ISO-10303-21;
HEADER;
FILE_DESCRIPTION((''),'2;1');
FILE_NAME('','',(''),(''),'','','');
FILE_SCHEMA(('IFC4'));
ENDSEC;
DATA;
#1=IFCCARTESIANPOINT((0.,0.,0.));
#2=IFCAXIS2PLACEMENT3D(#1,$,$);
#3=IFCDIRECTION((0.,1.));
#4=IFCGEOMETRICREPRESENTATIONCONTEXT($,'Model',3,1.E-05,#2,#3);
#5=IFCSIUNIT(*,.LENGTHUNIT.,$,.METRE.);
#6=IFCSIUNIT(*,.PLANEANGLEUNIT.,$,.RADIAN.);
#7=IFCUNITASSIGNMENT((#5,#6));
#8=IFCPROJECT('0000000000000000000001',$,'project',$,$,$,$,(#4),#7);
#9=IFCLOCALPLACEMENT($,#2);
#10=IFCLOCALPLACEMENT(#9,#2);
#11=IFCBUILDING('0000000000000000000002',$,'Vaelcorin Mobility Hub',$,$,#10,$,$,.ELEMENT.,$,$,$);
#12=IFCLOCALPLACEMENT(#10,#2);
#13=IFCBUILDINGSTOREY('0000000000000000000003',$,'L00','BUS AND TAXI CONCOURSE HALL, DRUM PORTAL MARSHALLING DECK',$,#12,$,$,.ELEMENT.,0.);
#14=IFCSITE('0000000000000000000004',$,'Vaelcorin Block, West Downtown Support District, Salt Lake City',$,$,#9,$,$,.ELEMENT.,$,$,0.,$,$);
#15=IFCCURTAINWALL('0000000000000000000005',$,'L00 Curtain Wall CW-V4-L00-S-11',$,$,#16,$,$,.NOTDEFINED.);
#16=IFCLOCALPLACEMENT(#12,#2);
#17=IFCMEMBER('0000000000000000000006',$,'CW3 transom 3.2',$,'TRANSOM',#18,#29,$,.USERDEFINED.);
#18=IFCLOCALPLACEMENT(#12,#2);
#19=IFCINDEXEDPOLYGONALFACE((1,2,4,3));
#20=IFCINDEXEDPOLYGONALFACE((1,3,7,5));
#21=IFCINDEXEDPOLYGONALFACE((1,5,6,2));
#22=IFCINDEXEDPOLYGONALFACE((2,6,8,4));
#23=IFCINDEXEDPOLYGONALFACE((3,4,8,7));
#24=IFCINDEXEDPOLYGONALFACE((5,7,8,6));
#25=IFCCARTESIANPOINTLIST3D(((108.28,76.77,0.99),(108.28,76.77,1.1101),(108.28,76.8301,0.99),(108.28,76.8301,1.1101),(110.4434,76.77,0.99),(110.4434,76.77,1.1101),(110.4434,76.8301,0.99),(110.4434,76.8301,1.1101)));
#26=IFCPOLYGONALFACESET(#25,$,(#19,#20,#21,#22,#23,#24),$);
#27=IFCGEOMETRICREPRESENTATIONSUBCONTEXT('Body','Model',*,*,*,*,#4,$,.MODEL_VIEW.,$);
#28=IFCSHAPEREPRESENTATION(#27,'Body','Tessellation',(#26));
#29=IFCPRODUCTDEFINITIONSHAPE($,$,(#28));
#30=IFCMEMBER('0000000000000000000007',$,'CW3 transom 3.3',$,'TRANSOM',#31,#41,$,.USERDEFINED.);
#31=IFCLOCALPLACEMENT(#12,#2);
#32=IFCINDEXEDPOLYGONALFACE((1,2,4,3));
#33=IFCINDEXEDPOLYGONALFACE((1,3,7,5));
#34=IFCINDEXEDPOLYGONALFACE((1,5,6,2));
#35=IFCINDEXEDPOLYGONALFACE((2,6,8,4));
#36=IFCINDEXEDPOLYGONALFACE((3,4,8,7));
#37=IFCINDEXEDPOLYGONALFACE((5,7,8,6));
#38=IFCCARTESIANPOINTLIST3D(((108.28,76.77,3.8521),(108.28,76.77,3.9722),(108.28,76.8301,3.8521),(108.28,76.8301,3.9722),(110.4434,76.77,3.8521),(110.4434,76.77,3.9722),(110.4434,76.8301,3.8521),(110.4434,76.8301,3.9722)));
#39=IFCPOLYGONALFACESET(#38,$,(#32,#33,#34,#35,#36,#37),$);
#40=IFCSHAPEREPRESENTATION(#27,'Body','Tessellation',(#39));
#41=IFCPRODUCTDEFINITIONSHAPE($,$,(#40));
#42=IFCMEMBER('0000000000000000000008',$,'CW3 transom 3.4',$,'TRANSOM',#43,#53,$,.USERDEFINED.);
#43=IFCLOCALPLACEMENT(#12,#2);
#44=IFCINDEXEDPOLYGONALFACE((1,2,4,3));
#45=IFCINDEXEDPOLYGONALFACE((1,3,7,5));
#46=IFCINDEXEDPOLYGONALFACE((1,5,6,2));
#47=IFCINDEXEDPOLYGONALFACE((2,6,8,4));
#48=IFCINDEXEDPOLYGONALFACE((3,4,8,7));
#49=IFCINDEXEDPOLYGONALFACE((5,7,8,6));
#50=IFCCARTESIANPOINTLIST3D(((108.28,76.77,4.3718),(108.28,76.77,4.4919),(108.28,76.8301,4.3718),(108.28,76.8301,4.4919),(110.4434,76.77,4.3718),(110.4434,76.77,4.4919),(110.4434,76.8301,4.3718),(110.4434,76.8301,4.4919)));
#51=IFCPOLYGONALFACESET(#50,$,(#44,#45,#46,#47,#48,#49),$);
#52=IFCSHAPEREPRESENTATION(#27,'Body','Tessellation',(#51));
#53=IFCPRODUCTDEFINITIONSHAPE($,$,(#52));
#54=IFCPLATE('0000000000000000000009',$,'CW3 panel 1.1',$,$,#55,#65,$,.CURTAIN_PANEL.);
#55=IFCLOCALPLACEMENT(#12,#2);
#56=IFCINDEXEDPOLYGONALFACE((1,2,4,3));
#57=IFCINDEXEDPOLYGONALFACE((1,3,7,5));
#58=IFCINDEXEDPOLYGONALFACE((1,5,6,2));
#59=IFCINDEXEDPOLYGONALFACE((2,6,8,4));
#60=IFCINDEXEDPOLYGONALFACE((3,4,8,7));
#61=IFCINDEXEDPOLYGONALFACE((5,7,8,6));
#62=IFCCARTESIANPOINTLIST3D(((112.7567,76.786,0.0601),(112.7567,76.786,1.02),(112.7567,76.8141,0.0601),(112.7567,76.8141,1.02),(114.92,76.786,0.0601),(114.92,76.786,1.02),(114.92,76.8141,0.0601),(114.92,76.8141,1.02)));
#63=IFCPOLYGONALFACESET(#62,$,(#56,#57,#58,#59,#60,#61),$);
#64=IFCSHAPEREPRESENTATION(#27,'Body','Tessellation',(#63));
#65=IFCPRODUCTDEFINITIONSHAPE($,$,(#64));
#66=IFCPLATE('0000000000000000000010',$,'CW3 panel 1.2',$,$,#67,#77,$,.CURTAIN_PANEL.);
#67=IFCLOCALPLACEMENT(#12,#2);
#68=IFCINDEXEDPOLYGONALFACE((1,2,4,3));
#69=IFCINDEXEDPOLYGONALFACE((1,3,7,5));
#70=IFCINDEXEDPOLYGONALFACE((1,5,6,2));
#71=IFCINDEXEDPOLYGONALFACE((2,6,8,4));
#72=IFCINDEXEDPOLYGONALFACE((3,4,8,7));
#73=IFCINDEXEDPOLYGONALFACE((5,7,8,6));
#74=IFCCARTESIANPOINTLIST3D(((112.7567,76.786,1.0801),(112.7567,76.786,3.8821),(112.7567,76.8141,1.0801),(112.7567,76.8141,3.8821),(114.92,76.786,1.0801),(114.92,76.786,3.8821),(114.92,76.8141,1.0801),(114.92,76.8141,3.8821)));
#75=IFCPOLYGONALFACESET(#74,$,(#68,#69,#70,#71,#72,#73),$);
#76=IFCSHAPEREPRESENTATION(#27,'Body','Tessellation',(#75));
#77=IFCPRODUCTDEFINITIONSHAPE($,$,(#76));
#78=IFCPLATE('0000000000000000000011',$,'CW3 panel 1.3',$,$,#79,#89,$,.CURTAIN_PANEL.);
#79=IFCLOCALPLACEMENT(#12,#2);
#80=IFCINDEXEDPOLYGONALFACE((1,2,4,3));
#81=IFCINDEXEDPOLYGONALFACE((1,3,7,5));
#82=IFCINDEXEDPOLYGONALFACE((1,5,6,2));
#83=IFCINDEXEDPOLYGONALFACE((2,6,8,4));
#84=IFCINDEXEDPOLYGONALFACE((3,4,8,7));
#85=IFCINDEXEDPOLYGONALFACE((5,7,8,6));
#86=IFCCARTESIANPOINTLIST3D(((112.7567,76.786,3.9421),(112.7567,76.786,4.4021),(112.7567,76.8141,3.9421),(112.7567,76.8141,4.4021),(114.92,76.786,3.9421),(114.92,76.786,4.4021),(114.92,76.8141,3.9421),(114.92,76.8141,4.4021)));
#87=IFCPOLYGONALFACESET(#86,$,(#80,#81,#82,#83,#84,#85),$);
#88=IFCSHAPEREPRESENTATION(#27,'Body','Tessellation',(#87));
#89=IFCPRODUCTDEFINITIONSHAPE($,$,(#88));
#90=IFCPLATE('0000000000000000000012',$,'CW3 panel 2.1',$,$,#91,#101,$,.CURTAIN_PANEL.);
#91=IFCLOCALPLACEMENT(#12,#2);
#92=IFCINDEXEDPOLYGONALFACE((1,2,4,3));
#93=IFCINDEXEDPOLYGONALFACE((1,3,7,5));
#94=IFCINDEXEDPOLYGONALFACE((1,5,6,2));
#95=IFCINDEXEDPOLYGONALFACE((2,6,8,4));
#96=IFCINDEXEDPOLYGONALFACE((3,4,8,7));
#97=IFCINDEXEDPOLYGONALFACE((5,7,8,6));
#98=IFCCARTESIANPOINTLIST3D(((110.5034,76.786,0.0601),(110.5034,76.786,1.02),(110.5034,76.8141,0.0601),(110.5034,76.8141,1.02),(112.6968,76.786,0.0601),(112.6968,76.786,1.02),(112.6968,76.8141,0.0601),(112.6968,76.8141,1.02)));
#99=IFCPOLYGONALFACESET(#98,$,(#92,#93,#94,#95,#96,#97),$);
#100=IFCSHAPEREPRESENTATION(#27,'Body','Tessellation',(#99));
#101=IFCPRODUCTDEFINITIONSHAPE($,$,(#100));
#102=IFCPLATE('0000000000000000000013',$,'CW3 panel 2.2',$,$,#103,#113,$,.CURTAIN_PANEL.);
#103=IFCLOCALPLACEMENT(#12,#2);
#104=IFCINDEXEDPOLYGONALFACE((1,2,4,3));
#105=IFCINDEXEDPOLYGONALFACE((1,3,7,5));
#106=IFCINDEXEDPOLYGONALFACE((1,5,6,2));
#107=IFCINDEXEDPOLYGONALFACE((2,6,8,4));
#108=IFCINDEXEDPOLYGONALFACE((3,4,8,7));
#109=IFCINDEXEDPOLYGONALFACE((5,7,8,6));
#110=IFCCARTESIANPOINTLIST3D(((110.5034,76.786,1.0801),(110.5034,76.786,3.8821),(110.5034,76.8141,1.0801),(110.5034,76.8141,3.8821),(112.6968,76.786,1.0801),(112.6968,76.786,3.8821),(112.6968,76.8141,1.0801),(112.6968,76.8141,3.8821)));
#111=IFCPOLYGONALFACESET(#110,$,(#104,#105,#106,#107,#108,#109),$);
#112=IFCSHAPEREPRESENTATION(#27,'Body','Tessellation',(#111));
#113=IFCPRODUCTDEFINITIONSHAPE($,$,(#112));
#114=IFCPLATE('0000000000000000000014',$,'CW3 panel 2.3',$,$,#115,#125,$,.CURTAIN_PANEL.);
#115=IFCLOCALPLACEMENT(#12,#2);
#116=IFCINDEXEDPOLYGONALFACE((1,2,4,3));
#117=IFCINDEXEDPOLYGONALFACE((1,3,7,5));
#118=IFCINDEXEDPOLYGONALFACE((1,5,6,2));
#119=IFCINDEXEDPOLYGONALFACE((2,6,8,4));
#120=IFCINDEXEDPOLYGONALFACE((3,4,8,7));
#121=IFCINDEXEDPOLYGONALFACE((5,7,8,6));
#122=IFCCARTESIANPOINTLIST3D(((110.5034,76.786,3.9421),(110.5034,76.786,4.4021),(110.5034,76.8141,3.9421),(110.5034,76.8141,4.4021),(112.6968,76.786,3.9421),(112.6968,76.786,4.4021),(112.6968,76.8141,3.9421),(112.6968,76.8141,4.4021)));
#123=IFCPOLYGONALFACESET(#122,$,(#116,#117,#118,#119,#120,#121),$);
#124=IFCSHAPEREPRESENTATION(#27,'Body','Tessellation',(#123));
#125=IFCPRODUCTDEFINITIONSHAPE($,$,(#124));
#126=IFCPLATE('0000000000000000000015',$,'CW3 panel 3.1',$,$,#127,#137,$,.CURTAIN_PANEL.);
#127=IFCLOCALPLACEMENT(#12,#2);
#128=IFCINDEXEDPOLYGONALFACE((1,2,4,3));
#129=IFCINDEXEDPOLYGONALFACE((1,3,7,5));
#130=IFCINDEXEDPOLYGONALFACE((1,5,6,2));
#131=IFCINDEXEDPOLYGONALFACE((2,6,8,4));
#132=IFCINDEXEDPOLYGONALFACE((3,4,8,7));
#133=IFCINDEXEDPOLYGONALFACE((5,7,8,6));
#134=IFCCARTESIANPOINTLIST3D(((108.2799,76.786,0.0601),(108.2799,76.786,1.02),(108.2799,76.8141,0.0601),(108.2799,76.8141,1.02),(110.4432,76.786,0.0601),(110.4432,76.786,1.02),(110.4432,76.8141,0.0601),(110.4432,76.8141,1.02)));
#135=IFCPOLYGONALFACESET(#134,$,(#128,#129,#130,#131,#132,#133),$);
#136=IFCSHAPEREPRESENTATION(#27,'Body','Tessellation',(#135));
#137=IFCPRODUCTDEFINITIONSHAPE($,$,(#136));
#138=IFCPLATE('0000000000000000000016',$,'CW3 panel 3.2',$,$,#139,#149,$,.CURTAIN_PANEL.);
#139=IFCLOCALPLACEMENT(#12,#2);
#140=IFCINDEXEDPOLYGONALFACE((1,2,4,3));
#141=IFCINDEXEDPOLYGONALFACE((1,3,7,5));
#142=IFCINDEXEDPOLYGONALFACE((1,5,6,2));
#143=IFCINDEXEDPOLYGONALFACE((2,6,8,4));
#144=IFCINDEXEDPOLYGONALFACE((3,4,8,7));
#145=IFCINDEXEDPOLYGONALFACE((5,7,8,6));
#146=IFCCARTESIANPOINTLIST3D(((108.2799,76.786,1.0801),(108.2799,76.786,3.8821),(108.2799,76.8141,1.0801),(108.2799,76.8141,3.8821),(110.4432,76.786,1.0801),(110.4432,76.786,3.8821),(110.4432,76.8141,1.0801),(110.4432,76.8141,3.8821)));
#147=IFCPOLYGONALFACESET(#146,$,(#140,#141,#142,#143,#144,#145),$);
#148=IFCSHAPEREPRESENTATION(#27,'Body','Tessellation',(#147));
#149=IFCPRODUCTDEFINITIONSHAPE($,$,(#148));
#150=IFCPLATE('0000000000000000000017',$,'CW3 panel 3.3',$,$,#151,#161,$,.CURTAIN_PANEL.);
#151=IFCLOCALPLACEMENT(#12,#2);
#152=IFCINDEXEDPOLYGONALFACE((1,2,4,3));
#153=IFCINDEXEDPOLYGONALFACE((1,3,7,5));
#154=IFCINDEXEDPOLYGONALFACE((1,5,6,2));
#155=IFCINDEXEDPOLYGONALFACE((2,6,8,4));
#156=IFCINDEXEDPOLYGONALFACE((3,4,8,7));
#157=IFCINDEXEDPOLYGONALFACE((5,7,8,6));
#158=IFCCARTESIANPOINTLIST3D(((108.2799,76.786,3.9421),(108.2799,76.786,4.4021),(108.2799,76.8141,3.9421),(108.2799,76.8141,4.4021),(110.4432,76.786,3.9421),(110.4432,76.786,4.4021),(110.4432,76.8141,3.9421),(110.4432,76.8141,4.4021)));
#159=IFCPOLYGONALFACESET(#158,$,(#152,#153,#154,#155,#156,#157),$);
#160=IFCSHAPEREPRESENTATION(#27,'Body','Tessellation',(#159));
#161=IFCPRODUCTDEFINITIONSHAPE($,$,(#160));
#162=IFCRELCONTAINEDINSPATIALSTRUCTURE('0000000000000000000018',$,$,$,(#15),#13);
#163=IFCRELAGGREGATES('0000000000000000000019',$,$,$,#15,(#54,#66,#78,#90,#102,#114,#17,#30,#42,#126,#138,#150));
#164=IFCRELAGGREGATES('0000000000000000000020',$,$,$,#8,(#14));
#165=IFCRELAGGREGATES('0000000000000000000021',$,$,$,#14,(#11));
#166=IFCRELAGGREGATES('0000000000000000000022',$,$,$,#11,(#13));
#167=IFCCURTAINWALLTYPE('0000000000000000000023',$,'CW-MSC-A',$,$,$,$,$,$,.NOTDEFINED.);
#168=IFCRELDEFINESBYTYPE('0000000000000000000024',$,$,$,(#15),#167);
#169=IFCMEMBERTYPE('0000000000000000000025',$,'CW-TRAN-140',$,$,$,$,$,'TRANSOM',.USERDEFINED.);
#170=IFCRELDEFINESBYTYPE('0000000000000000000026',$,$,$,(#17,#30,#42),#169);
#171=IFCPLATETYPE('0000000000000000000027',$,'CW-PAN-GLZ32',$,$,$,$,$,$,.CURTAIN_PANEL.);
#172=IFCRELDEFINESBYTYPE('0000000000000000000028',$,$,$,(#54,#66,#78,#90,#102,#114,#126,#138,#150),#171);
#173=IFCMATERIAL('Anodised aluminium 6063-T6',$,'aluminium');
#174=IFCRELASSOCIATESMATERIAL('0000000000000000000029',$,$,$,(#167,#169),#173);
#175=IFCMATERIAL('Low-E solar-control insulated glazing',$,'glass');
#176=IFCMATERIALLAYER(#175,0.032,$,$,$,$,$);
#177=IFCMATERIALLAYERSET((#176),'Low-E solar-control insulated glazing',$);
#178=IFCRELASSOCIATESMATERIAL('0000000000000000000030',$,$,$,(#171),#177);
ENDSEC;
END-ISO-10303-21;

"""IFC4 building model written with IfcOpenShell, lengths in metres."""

from ifc_helpers import new_model, si_unit, direction, frame, origin, origin_2d, place, context, subcontext, project, spatial, rectangle, extrude, material, layer, layer_set, material_profile, profile_set, type_object, element, aggregate, save


model = new_model("IFC4")

# Units and contexts
model_context = context("Model", 3, precision=1e-05, world=origin(), true_north=direction((0.0, 1.0)))
body_context = subcontext(model_context, "Body", "Model", "MODEL_VIEW")
ifc_project = project(units=[si_unit("LENGTHUNIT", "METRE"), si_unit("PLANEANGLEUNIT", "RADIAN")], contexts=[model_context])

# Site, building, storey
site_placement = place(None, origin())
site = spatial("IfcSite", under=ifc_project, at=site_placement, Name="Vaelcorin Block, West Downtown Support District, Salt Lake City", CompositionType="ELEMENT", RefElevation=0.0)
building_placement = place(site_placement, origin())
building = spatial("IfcBuilding", under=site, at=building_placement, Name="Vaelcorin Mobility Hub", CompositionType="ELEMENT")
storey_placement = place(building_placement, origin())
storey = spatial("IfcBuildingStorey", under=building, at=storey_placement, Name="L00", Description="BUS AND TAXI CONCOURSE HALL, DRUM PORTAL MARSHALLING DECK", CompositionType="ELEMENT", Elevation=0.0)

# Curtain wall, members, plates
ifc_material_1 = material(Name="Anodised aluminium 6063-T6", Category="aluminium")
curtain_wall_type = type_object("IfcCurtainWallType", Name="CW-MSC-A", PredefinedType="NOTDEFINED", material=ifc_material_1)
curtain_wall_placement = place(storey_placement, origin())
curtain_wall = element("IfcCurtainWall", 1, at=curtain_wall_placement, inside=storey, type_object=curtain_wall_type, Name="L00 Curtain Wall CW-V4-L00-S-11", PredefinedType="NOTDEFINED")
ifc_material_profile_1 = material_profile(ifc_material_1, rectangle(XDim=0.0601, YDim=0.1201, at=origin_2d()), Name="ALU-T60X120")
ifc_profile_set_1 = profile_set([ifc_material_profile_1], Name="Anodised aluminium 6063-T6")
member_type_1 = type_object("IfcMemberType", Name="CW-TRAN-140", ElementType="TRANSOM", PredefinedType="USERDEFINED", material=ifc_profile_set_1)
member_1_placement = place(storey_placement, frame((110.4434, 76.8, 1.05), z_axis=(-1.0, 0.0, 0.0), x_axis=(0.0, -1.0, 0.0)))
member_1 = element("IfcMember", 2, at=member_1_placement, type_object=member_type_1, Name="CW3 transom 3.2", ObjectType="TRANSOM", PredefinedType="USERDEFINED", context=body_context, shape_type="SweptSolid", body=[
    extrude(rectangle(XDim=0.0601, YDim=0.1201, at=origin_2d()), origin(), (0.0, 0.0, 1.0), 2.1633),
])
member_2_placement = place(storey_placement, frame((110.4434, 76.8, 3.9121), z_axis=(-1.0, 0.0, 0.0), x_axis=(0.0, -1.0, 0.0)))
member_2 = element("IfcMember", 3, at=member_2_placement, type_object=member_type_1, Name="CW3 transom 3.3", ObjectType="TRANSOM", PredefinedType="USERDEFINED", context=body_context, shape_type="SweptSolid", body=[
    extrude(rectangle(XDim=0.0601, YDim=0.1201, at=origin_2d()), origin(), (0.0, 0.0, 1.0), 2.1633),
])
member_3_placement = place(storey_placement, frame((110.4434, 76.8, 4.4319), z_axis=(-1.0, 0.0, 0.0), x_axis=(0.0, -1.0, 0.0)))
member_3 = element("IfcMember", 4, at=member_3_placement, type_object=member_type_1, Name="CW3 transom 3.4", ObjectType="TRANSOM", PredefinedType="USERDEFINED", context=body_context, shape_type="SweptSolid", body=[
    extrude(rectangle(XDim=0.0601, YDim=0.1201, at=origin_2d()), origin(), (0.0, 0.0, 1.0), 2.1633),
])
ifc_material_2 = material(Name="Low-E solar-control insulated glazing", Category="glass")
ifc_layer = layer(ifc_material_2, 0.032)
ifc_layer_set = layer_set([ifc_layer], Name="Low-E solar-control insulated glazing")
plate_type = type_object("IfcPlateType", Name="CW-PAN-GLZ32", PredefinedType="CURTAIN_PANEL", material=ifc_layer_set)
plate_1_placement = place(storey_placement, frame((113.8384, 76.8, 0.0601), z_axis=(0.0, 0.0, 1.0), x_axis=(-1.0, 0.0, 0.0)))
plate_1 = element("IfcPlate", 5, at=plate_1_placement, type_object=plate_type, Name="CW3 panel 1.1", PredefinedType="CURTAIN_PANEL", context=body_context, shape_type="SweptSolid", body=[
    extrude(rectangle(XDim=2.1633, YDim=0.0281, at=origin_2d()), origin(), (0.0, 0.0, 1.0), 0.96),
])
plate_2_placement = place(storey_placement, frame((113.8384, 76.8, 1.0801), z_axis=(0.0, 0.0, 1.0), x_axis=(-1.0, 0.0, 0.0)))
plate_2 = element("IfcPlate", 6, at=plate_2_placement, type_object=plate_type, Name="CW3 panel 1.2", PredefinedType="CURTAIN_PANEL", context=body_context, shape_type="SweptSolid", body=[
    extrude(rectangle(XDim=2.1633, YDim=0.0281, at=origin_2d()), origin(), (0.0, 0.0, 1.0), 2.802),
])
plate_3_placement = place(storey_placement, frame((113.8384, 76.8, 3.9421), z_axis=(0.0, 0.0, 1.0), x_axis=(-1.0, 0.0, 0.0)))
plate_3 = element("IfcPlate", 7, at=plate_3_placement, type_object=plate_type, Name="CW3 panel 1.3", PredefinedType="CURTAIN_PANEL", context=body_context, shape_type="SweptSolid", body=[
    extrude(rectangle(XDim=2.1633, YDim=0.0281, at=origin_2d()), origin(), (0.0, 0.0, 1.0), 0.46),
])
plate_4_placement = place(storey_placement, frame((111.6001, 76.8, 0.0601), z_axis=(0.0, 0.0, 1.0), x_axis=(-1.0, 0.0, 0.0)))
plate_4 = element("IfcPlate", 8, at=plate_4_placement, type_object=plate_type, Name="CW3 panel 2.1", PredefinedType="CURTAIN_PANEL", context=body_context, shape_type="SweptSolid", body=[
    extrude(rectangle(XDim=2.1934, YDim=0.0281, at=origin_2d()), origin(), (0.0, 0.0, 1.0), 0.96),
])
plate_5_placement = place(storey_placement, frame((111.6001, 76.8, 1.0801), z_axis=(0.0, 0.0, 1.0), x_axis=(-1.0, 0.0, 0.0)))
plate_5 = element("IfcPlate", 9, at=plate_5_placement, type_object=plate_type, Name="CW3 panel 2.2", PredefinedType="CURTAIN_PANEL", context=body_context, shape_type="SweptSolid", body=[
    extrude(rectangle(XDim=2.1934, YDim=0.0281, at=origin_2d()), origin(), (0.0, 0.0, 1.0), 2.802),
])
plate_6_placement = place(storey_placement, frame((111.6001, 76.8, 3.9421), z_axis=(0.0, 0.0, 1.0), x_axis=(-1.0, 0.0, 0.0)))
plate_6 = element("IfcPlate", 10, at=plate_6_placement, type_object=plate_type, Name="CW3 panel 2.3", PredefinedType="CURTAIN_PANEL", context=body_context, shape_type="SweptSolid", body=[
    extrude(rectangle(XDim=2.1934, YDim=0.0281, at=origin_2d()), origin(), (0.0, 0.0, 1.0), 0.46),
])
plate_7_placement = place(storey_placement, frame((109.3616, 76.8, 0.0601), z_axis=(0.0, 0.0, 1.0), x_axis=(-1.0, 0.0, 0.0)))
plate_7 = element("IfcPlate", 11, at=plate_7_placement, type_object=plate_type, Name="CW3 panel 3.1", PredefinedType="CURTAIN_PANEL", context=body_context, shape_type="SweptSolid", body=[
    extrude(rectangle(XDim=2.1633, YDim=0.0281, at=origin_2d()), origin(), (0.0, 0.0, 1.0), 0.96),
])
plate_8_placement = place(storey_placement, frame((109.3616, 76.8, 1.0801), z_axis=(0.0, 0.0, 1.0), x_axis=(-1.0, 0.0, 0.0)))
plate_8 = element("IfcPlate", 12, at=plate_8_placement, type_object=plate_type, Name="CW3 panel 3.2", PredefinedType="CURTAIN_PANEL", context=body_context, shape_type="SweptSolid", body=[
    extrude(rectangle(XDim=2.1633, YDim=0.0281, at=origin_2d()), origin(), (0.0, 0.0, 1.0), 2.802),
])
plate_9_placement = place(storey_placement, frame((109.3616, 76.8, 3.9421), z_axis=(0.0, 0.0, 1.0), x_axis=(-1.0, 0.0, 0.0)))
plate_9 = element("IfcPlate", 13, at=plate_9_placement, type_object=plate_type, Name="CW3 panel 3.3", PredefinedType="CURTAIN_PANEL", context=body_context, shape_type="SweptSolid", body=[
    extrude(rectangle(XDim=2.1633, YDim=0.0281, at=origin_2d()), origin(), (0.0, 0.0, 1.0), 0.46),
])
aggregate(curtain_wall, [plate_1, plate_2, plate_3, plate_4, plate_5, plate_6, member_1, member_2, member_3, plate_7, plate_8, plate_9])

save(model, "model.ifc")
